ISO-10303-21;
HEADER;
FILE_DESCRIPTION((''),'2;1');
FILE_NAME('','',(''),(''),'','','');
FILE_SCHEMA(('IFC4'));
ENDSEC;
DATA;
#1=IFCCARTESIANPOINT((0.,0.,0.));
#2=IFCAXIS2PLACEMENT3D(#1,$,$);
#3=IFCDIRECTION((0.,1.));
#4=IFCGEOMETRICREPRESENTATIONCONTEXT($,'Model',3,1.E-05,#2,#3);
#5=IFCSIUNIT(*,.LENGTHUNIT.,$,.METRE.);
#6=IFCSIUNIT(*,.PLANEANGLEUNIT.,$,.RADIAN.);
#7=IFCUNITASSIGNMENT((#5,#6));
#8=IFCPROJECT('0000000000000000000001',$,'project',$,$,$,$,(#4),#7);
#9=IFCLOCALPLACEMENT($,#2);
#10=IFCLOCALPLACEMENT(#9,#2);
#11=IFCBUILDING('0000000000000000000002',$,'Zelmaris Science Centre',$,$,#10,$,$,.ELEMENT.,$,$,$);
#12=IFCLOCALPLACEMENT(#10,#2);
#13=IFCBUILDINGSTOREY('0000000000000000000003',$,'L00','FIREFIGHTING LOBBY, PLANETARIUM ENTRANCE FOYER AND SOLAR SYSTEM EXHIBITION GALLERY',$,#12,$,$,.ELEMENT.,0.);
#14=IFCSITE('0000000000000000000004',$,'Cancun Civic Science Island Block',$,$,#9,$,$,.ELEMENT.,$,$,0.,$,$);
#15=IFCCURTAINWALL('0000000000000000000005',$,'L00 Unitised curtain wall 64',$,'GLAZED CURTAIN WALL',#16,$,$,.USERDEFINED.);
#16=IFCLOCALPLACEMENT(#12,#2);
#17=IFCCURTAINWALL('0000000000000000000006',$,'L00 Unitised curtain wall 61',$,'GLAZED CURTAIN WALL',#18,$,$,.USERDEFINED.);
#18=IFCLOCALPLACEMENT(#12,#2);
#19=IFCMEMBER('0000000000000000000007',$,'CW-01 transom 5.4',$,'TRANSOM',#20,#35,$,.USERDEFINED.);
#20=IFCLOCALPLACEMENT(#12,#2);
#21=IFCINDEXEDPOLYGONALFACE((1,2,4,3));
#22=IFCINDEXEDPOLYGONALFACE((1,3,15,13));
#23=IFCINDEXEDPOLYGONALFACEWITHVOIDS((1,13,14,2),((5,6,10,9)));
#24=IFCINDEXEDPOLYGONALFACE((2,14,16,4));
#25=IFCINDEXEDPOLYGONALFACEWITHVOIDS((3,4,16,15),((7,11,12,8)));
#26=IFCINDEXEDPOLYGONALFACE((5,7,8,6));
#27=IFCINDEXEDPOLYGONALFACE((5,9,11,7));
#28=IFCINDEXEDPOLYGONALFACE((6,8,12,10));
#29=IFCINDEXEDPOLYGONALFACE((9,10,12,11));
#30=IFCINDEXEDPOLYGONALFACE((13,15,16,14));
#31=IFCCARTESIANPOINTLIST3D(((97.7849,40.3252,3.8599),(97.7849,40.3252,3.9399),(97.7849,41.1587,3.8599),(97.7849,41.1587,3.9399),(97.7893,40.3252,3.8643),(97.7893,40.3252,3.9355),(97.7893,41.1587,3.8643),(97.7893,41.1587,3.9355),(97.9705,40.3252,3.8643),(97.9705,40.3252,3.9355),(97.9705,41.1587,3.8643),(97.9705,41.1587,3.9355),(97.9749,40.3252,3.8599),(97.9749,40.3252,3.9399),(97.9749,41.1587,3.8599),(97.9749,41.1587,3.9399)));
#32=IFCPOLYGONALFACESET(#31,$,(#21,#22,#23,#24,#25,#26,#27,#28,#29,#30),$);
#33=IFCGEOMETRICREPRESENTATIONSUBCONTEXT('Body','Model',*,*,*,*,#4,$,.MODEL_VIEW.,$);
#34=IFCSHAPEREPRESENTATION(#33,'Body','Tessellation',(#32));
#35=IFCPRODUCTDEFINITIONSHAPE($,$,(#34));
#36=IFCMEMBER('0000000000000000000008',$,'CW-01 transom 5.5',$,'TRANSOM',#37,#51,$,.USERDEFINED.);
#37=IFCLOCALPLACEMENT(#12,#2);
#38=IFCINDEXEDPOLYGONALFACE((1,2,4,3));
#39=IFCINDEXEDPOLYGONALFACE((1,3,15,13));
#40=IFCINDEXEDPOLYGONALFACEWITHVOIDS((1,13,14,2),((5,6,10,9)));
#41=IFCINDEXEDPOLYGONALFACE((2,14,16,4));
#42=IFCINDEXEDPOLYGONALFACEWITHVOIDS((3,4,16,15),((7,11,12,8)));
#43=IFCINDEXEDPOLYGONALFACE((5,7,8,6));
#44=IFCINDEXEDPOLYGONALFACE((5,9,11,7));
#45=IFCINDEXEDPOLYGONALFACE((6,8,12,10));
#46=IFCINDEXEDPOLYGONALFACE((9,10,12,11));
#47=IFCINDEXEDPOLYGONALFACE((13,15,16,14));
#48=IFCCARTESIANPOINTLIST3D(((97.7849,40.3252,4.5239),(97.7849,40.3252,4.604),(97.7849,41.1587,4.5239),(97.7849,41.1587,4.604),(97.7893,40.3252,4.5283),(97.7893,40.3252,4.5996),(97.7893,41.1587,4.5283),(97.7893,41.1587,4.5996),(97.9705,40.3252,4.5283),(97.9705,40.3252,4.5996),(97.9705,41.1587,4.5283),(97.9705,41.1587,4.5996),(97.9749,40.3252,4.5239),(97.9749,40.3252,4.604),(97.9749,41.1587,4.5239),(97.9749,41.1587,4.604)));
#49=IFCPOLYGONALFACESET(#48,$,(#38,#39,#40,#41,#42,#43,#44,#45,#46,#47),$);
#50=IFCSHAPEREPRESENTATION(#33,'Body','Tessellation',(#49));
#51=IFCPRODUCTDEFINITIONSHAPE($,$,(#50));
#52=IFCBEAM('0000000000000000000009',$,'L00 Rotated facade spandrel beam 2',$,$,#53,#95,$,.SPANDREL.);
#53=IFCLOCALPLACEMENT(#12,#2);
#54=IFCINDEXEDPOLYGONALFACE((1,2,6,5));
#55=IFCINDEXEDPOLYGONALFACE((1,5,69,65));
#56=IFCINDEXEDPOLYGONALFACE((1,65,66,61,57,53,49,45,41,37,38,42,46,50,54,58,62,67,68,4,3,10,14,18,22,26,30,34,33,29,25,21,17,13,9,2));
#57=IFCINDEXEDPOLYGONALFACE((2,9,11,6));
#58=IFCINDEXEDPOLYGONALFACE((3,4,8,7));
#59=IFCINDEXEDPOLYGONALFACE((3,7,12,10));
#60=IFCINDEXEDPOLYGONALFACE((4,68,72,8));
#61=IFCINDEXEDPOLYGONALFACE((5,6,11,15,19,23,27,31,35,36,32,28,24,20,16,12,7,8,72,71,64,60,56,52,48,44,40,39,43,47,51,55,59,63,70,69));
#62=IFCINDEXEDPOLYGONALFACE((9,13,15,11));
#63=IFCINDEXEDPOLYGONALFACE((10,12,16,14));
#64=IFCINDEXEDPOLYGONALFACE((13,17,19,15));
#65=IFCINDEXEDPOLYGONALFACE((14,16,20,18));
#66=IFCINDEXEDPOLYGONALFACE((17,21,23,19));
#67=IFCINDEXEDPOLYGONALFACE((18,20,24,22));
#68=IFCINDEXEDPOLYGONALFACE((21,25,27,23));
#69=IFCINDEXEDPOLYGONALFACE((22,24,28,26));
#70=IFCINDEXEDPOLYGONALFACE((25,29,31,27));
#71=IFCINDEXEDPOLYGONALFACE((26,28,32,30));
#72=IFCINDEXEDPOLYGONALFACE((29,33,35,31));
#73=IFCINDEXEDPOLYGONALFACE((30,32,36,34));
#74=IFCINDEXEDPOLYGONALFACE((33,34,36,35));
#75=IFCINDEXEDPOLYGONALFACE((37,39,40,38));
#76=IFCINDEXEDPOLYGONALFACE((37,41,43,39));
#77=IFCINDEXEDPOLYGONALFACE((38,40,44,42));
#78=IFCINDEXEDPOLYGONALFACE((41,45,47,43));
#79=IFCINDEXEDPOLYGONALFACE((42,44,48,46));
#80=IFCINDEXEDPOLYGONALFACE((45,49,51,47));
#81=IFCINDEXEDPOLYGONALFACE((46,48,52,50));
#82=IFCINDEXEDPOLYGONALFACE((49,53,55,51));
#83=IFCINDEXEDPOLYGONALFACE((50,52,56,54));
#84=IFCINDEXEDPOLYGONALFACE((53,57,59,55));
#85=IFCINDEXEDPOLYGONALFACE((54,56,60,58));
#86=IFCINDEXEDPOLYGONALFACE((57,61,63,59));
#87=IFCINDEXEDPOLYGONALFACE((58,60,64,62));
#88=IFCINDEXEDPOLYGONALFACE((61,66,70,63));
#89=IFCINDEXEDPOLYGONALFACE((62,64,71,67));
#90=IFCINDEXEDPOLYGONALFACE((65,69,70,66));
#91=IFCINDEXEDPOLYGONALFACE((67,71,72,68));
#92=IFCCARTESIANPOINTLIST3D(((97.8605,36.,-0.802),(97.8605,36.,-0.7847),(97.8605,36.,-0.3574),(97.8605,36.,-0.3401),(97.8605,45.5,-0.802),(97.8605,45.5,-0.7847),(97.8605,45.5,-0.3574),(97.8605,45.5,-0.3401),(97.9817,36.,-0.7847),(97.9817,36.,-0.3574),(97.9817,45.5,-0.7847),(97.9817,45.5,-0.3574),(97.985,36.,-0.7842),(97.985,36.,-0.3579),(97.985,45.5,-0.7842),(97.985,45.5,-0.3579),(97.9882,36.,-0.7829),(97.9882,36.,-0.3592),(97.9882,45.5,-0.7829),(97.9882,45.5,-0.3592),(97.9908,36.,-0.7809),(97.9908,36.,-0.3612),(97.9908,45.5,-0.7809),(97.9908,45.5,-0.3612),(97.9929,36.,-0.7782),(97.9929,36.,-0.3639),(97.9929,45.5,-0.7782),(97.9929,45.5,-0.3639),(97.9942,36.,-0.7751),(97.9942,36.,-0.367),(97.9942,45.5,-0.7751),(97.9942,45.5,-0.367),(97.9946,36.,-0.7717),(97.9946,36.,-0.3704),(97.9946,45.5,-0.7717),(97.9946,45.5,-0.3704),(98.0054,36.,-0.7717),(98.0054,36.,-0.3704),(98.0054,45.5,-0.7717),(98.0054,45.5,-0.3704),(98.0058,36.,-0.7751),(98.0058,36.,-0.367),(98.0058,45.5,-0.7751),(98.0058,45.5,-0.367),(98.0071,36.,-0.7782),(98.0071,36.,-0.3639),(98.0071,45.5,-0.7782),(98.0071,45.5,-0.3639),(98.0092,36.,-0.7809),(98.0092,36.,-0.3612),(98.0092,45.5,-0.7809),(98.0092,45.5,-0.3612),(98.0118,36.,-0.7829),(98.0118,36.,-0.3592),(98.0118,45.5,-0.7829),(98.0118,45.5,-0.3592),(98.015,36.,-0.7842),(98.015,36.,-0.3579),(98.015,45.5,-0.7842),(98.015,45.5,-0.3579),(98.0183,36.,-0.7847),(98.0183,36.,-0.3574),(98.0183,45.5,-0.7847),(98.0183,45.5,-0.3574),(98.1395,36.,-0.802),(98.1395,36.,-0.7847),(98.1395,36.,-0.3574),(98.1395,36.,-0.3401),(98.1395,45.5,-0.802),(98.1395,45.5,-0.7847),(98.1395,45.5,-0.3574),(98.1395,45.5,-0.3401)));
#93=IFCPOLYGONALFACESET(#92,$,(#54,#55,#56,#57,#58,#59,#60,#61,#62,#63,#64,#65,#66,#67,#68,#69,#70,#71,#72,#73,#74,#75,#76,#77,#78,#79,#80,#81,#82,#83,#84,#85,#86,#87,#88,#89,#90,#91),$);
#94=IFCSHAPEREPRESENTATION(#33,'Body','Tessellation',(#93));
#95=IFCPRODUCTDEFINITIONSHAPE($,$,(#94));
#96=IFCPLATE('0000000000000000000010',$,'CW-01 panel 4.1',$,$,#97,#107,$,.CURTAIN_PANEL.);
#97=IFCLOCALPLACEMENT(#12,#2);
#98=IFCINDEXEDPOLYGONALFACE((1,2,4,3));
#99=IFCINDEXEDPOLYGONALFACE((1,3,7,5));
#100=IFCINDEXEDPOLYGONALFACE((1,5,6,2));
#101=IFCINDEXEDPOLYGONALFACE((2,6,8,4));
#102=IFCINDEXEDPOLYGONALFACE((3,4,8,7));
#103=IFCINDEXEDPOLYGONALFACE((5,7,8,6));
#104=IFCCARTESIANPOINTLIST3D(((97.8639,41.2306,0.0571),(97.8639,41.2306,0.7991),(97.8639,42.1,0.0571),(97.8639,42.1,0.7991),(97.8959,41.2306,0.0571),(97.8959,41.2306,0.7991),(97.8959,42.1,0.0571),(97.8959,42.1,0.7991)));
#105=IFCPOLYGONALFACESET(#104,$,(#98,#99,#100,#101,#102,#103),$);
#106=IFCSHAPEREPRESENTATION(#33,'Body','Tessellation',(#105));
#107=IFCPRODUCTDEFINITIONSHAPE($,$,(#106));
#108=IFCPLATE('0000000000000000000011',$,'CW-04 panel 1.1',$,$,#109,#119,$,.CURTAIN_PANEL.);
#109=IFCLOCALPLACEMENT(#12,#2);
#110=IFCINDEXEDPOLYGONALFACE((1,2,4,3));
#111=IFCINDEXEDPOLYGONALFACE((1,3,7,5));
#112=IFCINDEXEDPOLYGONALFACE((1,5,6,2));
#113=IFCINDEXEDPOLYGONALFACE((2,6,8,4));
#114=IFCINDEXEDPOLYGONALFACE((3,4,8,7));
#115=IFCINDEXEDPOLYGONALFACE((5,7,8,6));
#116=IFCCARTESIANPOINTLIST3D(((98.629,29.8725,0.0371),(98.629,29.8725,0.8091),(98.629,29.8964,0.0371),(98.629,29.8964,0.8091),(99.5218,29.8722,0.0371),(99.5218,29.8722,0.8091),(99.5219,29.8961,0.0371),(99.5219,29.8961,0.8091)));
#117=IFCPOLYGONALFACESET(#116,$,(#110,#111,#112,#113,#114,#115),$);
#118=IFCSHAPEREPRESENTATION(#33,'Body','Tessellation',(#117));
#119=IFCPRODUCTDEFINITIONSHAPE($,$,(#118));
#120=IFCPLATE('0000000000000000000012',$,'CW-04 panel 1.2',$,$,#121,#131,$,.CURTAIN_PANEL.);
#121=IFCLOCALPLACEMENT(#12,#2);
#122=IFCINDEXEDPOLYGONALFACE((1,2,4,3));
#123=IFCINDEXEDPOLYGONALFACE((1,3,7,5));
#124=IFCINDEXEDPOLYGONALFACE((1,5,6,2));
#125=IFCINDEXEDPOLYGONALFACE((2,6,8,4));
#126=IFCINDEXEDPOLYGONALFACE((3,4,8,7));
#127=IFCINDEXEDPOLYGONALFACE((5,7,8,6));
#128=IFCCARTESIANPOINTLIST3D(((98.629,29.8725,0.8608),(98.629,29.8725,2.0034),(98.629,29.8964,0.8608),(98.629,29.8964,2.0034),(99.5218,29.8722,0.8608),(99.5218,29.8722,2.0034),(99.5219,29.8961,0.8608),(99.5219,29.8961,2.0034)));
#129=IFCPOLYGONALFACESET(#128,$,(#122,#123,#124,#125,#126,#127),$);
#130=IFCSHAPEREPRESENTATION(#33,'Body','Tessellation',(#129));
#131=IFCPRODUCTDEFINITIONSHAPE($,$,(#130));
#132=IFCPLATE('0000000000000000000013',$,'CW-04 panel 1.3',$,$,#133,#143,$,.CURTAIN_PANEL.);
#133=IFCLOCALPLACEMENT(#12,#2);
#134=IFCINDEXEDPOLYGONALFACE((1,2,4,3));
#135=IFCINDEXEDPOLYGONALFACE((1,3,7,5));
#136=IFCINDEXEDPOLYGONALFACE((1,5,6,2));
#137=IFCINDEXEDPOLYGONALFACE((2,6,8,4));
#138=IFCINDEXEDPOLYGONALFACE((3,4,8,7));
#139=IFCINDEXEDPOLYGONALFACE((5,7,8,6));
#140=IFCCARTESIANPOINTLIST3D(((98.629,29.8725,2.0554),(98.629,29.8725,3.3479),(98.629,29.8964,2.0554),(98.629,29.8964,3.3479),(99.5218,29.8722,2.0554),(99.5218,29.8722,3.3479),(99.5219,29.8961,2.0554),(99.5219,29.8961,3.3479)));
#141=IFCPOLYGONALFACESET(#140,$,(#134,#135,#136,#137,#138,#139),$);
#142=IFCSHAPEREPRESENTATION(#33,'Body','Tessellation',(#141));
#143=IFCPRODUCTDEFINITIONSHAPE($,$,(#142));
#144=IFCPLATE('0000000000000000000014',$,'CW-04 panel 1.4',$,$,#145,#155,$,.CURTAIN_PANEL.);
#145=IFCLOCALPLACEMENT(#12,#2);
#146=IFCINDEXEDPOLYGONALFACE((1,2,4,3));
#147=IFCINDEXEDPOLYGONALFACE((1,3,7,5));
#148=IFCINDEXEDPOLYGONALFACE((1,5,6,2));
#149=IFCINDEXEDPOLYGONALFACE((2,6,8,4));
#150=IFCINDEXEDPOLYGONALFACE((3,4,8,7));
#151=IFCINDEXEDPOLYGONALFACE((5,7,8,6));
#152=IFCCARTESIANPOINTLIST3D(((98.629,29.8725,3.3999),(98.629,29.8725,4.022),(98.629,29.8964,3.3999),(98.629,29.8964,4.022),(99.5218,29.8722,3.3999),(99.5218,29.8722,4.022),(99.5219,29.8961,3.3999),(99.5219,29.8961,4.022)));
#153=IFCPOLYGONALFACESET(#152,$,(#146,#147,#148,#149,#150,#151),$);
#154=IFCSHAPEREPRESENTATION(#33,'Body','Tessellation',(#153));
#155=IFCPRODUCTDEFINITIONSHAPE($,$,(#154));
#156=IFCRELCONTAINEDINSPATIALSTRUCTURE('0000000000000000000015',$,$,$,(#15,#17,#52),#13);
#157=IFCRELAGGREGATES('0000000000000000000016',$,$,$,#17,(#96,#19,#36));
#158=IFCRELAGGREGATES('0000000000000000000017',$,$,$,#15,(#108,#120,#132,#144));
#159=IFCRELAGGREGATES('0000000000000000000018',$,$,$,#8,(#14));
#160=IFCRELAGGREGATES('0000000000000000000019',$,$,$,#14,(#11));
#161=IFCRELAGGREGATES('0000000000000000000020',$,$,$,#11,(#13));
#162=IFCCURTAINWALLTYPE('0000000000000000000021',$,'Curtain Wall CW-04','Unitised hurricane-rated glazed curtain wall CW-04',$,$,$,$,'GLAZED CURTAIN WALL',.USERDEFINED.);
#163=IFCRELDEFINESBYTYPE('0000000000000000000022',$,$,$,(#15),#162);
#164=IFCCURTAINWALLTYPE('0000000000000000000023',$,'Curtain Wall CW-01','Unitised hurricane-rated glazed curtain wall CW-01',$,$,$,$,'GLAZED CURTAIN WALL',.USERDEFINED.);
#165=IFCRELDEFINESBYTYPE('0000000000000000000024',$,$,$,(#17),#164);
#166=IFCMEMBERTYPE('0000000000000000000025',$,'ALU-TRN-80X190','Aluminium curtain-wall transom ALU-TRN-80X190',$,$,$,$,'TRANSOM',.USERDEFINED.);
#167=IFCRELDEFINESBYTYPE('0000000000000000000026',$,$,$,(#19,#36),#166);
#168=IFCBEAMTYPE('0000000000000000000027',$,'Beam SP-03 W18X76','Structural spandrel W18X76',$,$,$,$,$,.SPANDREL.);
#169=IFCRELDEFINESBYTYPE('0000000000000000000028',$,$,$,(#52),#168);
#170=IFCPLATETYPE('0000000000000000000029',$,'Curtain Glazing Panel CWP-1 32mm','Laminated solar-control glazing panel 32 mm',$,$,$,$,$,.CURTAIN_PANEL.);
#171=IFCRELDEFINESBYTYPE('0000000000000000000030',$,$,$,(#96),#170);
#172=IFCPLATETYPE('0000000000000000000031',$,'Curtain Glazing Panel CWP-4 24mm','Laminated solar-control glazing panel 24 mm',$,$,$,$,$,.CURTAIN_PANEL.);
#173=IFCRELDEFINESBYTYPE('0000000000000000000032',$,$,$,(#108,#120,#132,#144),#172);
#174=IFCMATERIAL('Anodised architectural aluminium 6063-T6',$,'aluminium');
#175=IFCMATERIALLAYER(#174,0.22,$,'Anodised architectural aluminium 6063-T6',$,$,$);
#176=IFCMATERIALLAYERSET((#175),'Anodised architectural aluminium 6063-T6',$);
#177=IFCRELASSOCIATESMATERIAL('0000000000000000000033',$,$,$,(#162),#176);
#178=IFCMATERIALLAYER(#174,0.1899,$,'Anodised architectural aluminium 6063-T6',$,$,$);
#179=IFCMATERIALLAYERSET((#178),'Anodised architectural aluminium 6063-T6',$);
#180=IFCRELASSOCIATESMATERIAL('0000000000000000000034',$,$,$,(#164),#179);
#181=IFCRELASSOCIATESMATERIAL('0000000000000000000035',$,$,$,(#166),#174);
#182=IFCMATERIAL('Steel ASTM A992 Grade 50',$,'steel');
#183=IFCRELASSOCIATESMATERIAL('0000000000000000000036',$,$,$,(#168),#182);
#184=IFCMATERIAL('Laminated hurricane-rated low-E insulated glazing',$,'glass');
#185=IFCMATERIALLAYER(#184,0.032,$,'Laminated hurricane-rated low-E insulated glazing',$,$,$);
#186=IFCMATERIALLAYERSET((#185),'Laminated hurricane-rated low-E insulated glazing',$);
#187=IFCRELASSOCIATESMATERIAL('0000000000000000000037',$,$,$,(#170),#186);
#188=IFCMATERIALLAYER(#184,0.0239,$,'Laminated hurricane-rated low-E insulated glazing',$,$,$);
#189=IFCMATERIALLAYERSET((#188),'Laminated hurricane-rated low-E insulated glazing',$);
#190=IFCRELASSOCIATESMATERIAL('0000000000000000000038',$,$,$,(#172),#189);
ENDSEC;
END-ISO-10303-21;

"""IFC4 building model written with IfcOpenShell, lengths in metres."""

from ifc_helpers import new_model, si_unit, direction, frame, origin, origin_2d, place, context, subcontext, project, spatial, rectangle, hollow_rectangle, i_section, extrude, material, layer, layer_set, material_profile, profile_set, type_object, element, aggregate, save


model = new_model("IFC4")

# Units and contexts
model_context = context("Model", 3, precision=1e-05, world=origin(), true_north=direction((0.0, 1.0)))
body_context = subcontext(model_context, "Body", "Model", "MODEL_VIEW")
ifc_project = project(units=[si_unit("LENGTHUNIT", "METRE"), si_unit("PLANEANGLEUNIT", "RADIAN")], contexts=[model_context])

# Site, building, storey
site_placement = place(None, origin())
site = spatial("IfcSite", under=ifc_project, at=site_placement, Name="Cancun Civic Science Island Block", CompositionType="ELEMENT", RefElevation=0.0)
building_placement = place(site_placement, origin())
building = spatial("IfcBuilding", under=site, at=building_placement, Name="Zelmaris Science Centre", CompositionType="ELEMENT")
storey_placement = place(building_placement, origin())
storey = spatial("IfcBuildingStorey", under=building, at=storey_placement, Name="L00", Description="FIREFIGHTING LOBBY, PLANETARIUM ENTRANCE FOYER AND SOLAR SYSTEM EXHIBITION GALLERY", CompositionType="ELEMENT", Elevation=0.0)

# Shared definitions
ifc_material_1 = material(Name="Steel ASTM A992 Grade 50", Category="steel")

# Curtain wall
ifc_material_2 = material(Name="Anodised architectural aluminium 6063-T6", Category="aluminium")
ifc_layer_1 = layer(ifc_material_2, 0.22, Name="Anodised architectural aluminium 6063-T6")
ifc_layer_set_1 = layer_set([ifc_layer_1], Name="Anodised architectural aluminium 6063-T6")
curtain_wall_type_1 = type_object("IfcCurtainWallType", Name="Curtain Wall CW-04", Description="Unitised hurricane-rated glazed curtain wall CW-04", ElementType="GLAZED CURTAIN WALL", PredefinedType="USERDEFINED", material=ifc_layer_set_1)
curtain_wall_1_placement = place(storey_placement, origin())
curtain_wall_1 = element("IfcCurtainWall", 1, at=curtain_wall_1_placement, inside=storey, type_object=curtain_wall_type_1, Name="L00 Unitised curtain wall 64", ObjectType="GLAZED CURTAIN WALL", PredefinedType="USERDEFINED")

# Curtain wall
ifc_layer_2 = layer(ifc_material_2, 0.1899, Name="Anodised architectural aluminium 6063-T6")
ifc_layer_set_2 = layer_set([ifc_layer_2], Name="Anodised architectural aluminium 6063-T6")
curtain_wall_type_2 = type_object("IfcCurtainWallType", Name="Curtain Wall CW-01", Description="Unitised hurricane-rated glazed curtain wall CW-01", ElementType="GLAZED CURTAIN WALL", PredefinedType="USERDEFINED", material=ifc_layer_set_2)
curtain_wall_2_placement = place(storey_placement, origin())
curtain_wall_2 = element("IfcCurtainWall", 2, at=curtain_wall_2_placement, inside=storey, type_object=curtain_wall_type_2, Name="L00 Unitised curtain wall 61", ObjectType="GLAZED CURTAIN WALL", PredefinedType="USERDEFINED")

# Members
ifc_material_profile_1 = material_profile(ifc_material_2, hollow_rectangle(XDim=0.0801, YDim=0.1899, WallThickness=0.0044, at=origin_2d()), Name="ALU-TRN-80X190")
ifc_profile_set_1 = profile_set([ifc_material_profile_1], Name="Anodised architectural aluminium 6063-T6")
member_type_1 = type_object("IfcMemberType", Name="ALU-TRN-80X190", Description="Aluminium curtain-wall transom ALU-TRN-80X190", ElementType="TRANSOM", PredefinedType="USERDEFINED", material=ifc_profile_set_1)
member_1_placement = place(storey_placement, frame((97.8799, 41.1587, 3.8999), z_axis=(0.0, -1.0, 0.0), x_axis=(0.0, 0.0, 1.0)))
member_1 = element("IfcMember", 3, at=member_1_placement, type_object=member_type_1, Name="CW-01 transom 5.4", ObjectType="TRANSOM", PredefinedType="USERDEFINED", context=body_context, shape_type="SweptSolid", body=[
    extrude(hollow_rectangle(XDim=0.0801, YDim=0.1899, WallThickness=0.0044, at=origin_2d()), origin(), (0.0, 0.0, 1.0), 0.8335),
])
member_2_placement = place(storey_placement, frame((97.8799, 41.1587, 4.564), z_axis=(0.0, -1.0, 0.0), x_axis=(0.0, 0.0, 1.0)))
member_2 = element("IfcMember", 4, at=member_2_placement, type_object=member_type_1, Name="CW-01 transom 5.5", ObjectType="TRANSOM", PredefinedType="USERDEFINED", context=body_context, shape_type="SweptSolid", body=[
    extrude(hollow_rectangle(XDim=0.0801, YDim=0.1899, WallThickness=0.0044, at=origin_2d()), origin(), (0.0, 0.0, 1.0), 0.8335),
])

# Beam
ifc_material_profile_2 = material_profile(ifc_material_1, i_section(OverallWidth=0.2791, OverallDepth=0.4619, WebThickness=0.0107, FlangeThickness=0.0173, FilletRadius=0.0129, at=origin_2d()), Name="W18X76")
ifc_profile_set_2 = profile_set([ifc_material_profile_2], Name="Steel ASTM A992 Grade 50")
beam_type = type_object("IfcBeamType", Name="Beam SP-03 W18X76", Description="Structural spandrel W18X76", PredefinedType="SPANDREL", material=ifc_profile_set_2)
beam_placement = place(storey_placement, frame((98.0, 36.0, -0.571), z_axis=(0.0, 1.0, 0.0), x_axis=(-1.0, 0.0, 0.0)))
element("IfcBeam", 5, at=beam_placement, inside=storey, type_object=beam_type, Name="L00 Rotated facade spandrel beam 2", PredefinedType="SPANDREL", context=body_context, shape_type="SweptSolid", body=[
    extrude(i_section(OverallWidth=0.2791, OverallDepth=0.4619, WebThickness=0.0107, FlangeThickness=0.0173, FilletRadius=0.0129, at=origin_2d()), origin(), (0.0, 0.0, 1.0), 9.5),
])

# Plates
ifc_material_3 = material(Name="Laminated hurricane-rated low-E insulated glazing", Category="glass")
ifc_layer_3 = layer(ifc_material_3, 0.032, Name="Laminated hurricane-rated low-E insulated glazing")
ifc_layer_set_3 = layer_set([ifc_layer_3], Name="Laminated hurricane-rated low-E insulated glazing")
plate_type_1 = type_object("IfcPlateType", Name="Curtain Glazing Panel CWP-1 32mm", Description="Laminated solar-control glazing panel 32 mm", PredefinedType="CURTAIN_PANEL", material=ifc_layer_set_3)
plate_1_placement = place(storey_placement, frame((97.8799, 41.6653, 0.0571), z_axis=(0.0, 0.0, 1.0), x_axis=(0.000021, -1.0, 0.0)))
plate_1 = element("IfcPlate", 6, at=plate_1_placement, type_object=plate_type_1, Name="CW-01 panel 4.1", PredefinedType="CURTAIN_PANEL", context=body_context, shape_type="SweptSolid", body=[
    extrude(rectangle(XDim=0.8694, YDim=0.032, at=origin_2d()), origin(), (0.0, 0.0, 1.0), 0.7419),
])
aggregate(curtain_wall_2, [plate_1, member_1, member_2])
ifc_layer_4 = layer(ifc_material_3, 0.0239, Name="Laminated hurricane-rated low-E insulated glazing")
ifc_layer_set_4 = layer_set([ifc_layer_4], Name="Laminated hurricane-rated low-E insulated glazing")
plate_type_2 = type_object("IfcPlateType", Name="Curtain Glazing Panel CWP-4 24mm", Description="Laminated solar-control glazing panel 24 mm", PredefinedType="CURTAIN_PANEL", material=ifc_layer_set_4)
plate_2_placement = place(storey_placement, frame((99.0754, 29.8843, 0.0371), z_axis=(0.0, 0.0, 1.0), x_axis=(1.0, -0.000361, 0.0)))
plate_2 = element("IfcPlate", 7, at=plate_2_placement, type_object=plate_type_2, Name="CW-04 panel 1.1", PredefinedType="CURTAIN_PANEL", context=body_context, shape_type="SweptSolid", body=[
    extrude(rectangle(XDim=0.8928, YDim=0.0239, at=origin_2d()), origin(), (0.0, 0.0, 1.0), 0.772),
])
plate_3_placement = place(storey_placement, frame((99.0754, 29.8843, 0.8608), z_axis=(0.0, 0.0, 1.0), x_axis=(1.0, -0.000361, 0.0)))
plate_3 = element("IfcPlate", 8, at=plate_3_placement, type_object=plate_type_2, Name="CW-04 panel 1.2", PredefinedType="CURTAIN_PANEL", context=body_context, shape_type="SweptSolid", body=[
    extrude(rectangle(XDim=0.8928, YDim=0.0239, at=origin_2d()), origin(), (0.0, 0.0, 1.0), 1.1426),
])
plate_4_placement = place(storey_placement, frame((99.0754, 29.8843, 2.0554), z_axis=(0.0, 0.0, 1.0), x_axis=(1.0, -0.000361, 0.0)))
plate_4 = element("IfcPlate", 9, at=plate_4_placement, type_object=plate_type_2, Name="CW-04 panel 1.3", PredefinedType="CURTAIN_PANEL", context=body_context, shape_type="SweptSolid", body=[
    extrude(rectangle(XDim=0.8928, YDim=0.0239, at=origin_2d()), origin(), (0.0, 0.0, 1.0), 1.2925),
])
plate_5_placement = place(storey_placement, frame((99.0754, 29.8843, 3.3999), z_axis=(0.0, 0.0, 1.0), x_axis=(1.0, -0.000361, 0.0)))
plate_5 = element("IfcPlate", 10, at=plate_5_placement, type_object=plate_type_2, Name="CW-04 panel 1.4", PredefinedType="CURTAIN_PANEL", context=body_context, shape_type="SweptSolid", body=[
    extrude(rectangle(XDim=0.8928, YDim=0.0239, at=origin_2d()), origin(), (0.0, 0.0, 1.0), 0.6221),
])
aggregate(curtain_wall_1, [plate_2, plate_3, plate_4, plate_5])

save(model, "model.ifc")
